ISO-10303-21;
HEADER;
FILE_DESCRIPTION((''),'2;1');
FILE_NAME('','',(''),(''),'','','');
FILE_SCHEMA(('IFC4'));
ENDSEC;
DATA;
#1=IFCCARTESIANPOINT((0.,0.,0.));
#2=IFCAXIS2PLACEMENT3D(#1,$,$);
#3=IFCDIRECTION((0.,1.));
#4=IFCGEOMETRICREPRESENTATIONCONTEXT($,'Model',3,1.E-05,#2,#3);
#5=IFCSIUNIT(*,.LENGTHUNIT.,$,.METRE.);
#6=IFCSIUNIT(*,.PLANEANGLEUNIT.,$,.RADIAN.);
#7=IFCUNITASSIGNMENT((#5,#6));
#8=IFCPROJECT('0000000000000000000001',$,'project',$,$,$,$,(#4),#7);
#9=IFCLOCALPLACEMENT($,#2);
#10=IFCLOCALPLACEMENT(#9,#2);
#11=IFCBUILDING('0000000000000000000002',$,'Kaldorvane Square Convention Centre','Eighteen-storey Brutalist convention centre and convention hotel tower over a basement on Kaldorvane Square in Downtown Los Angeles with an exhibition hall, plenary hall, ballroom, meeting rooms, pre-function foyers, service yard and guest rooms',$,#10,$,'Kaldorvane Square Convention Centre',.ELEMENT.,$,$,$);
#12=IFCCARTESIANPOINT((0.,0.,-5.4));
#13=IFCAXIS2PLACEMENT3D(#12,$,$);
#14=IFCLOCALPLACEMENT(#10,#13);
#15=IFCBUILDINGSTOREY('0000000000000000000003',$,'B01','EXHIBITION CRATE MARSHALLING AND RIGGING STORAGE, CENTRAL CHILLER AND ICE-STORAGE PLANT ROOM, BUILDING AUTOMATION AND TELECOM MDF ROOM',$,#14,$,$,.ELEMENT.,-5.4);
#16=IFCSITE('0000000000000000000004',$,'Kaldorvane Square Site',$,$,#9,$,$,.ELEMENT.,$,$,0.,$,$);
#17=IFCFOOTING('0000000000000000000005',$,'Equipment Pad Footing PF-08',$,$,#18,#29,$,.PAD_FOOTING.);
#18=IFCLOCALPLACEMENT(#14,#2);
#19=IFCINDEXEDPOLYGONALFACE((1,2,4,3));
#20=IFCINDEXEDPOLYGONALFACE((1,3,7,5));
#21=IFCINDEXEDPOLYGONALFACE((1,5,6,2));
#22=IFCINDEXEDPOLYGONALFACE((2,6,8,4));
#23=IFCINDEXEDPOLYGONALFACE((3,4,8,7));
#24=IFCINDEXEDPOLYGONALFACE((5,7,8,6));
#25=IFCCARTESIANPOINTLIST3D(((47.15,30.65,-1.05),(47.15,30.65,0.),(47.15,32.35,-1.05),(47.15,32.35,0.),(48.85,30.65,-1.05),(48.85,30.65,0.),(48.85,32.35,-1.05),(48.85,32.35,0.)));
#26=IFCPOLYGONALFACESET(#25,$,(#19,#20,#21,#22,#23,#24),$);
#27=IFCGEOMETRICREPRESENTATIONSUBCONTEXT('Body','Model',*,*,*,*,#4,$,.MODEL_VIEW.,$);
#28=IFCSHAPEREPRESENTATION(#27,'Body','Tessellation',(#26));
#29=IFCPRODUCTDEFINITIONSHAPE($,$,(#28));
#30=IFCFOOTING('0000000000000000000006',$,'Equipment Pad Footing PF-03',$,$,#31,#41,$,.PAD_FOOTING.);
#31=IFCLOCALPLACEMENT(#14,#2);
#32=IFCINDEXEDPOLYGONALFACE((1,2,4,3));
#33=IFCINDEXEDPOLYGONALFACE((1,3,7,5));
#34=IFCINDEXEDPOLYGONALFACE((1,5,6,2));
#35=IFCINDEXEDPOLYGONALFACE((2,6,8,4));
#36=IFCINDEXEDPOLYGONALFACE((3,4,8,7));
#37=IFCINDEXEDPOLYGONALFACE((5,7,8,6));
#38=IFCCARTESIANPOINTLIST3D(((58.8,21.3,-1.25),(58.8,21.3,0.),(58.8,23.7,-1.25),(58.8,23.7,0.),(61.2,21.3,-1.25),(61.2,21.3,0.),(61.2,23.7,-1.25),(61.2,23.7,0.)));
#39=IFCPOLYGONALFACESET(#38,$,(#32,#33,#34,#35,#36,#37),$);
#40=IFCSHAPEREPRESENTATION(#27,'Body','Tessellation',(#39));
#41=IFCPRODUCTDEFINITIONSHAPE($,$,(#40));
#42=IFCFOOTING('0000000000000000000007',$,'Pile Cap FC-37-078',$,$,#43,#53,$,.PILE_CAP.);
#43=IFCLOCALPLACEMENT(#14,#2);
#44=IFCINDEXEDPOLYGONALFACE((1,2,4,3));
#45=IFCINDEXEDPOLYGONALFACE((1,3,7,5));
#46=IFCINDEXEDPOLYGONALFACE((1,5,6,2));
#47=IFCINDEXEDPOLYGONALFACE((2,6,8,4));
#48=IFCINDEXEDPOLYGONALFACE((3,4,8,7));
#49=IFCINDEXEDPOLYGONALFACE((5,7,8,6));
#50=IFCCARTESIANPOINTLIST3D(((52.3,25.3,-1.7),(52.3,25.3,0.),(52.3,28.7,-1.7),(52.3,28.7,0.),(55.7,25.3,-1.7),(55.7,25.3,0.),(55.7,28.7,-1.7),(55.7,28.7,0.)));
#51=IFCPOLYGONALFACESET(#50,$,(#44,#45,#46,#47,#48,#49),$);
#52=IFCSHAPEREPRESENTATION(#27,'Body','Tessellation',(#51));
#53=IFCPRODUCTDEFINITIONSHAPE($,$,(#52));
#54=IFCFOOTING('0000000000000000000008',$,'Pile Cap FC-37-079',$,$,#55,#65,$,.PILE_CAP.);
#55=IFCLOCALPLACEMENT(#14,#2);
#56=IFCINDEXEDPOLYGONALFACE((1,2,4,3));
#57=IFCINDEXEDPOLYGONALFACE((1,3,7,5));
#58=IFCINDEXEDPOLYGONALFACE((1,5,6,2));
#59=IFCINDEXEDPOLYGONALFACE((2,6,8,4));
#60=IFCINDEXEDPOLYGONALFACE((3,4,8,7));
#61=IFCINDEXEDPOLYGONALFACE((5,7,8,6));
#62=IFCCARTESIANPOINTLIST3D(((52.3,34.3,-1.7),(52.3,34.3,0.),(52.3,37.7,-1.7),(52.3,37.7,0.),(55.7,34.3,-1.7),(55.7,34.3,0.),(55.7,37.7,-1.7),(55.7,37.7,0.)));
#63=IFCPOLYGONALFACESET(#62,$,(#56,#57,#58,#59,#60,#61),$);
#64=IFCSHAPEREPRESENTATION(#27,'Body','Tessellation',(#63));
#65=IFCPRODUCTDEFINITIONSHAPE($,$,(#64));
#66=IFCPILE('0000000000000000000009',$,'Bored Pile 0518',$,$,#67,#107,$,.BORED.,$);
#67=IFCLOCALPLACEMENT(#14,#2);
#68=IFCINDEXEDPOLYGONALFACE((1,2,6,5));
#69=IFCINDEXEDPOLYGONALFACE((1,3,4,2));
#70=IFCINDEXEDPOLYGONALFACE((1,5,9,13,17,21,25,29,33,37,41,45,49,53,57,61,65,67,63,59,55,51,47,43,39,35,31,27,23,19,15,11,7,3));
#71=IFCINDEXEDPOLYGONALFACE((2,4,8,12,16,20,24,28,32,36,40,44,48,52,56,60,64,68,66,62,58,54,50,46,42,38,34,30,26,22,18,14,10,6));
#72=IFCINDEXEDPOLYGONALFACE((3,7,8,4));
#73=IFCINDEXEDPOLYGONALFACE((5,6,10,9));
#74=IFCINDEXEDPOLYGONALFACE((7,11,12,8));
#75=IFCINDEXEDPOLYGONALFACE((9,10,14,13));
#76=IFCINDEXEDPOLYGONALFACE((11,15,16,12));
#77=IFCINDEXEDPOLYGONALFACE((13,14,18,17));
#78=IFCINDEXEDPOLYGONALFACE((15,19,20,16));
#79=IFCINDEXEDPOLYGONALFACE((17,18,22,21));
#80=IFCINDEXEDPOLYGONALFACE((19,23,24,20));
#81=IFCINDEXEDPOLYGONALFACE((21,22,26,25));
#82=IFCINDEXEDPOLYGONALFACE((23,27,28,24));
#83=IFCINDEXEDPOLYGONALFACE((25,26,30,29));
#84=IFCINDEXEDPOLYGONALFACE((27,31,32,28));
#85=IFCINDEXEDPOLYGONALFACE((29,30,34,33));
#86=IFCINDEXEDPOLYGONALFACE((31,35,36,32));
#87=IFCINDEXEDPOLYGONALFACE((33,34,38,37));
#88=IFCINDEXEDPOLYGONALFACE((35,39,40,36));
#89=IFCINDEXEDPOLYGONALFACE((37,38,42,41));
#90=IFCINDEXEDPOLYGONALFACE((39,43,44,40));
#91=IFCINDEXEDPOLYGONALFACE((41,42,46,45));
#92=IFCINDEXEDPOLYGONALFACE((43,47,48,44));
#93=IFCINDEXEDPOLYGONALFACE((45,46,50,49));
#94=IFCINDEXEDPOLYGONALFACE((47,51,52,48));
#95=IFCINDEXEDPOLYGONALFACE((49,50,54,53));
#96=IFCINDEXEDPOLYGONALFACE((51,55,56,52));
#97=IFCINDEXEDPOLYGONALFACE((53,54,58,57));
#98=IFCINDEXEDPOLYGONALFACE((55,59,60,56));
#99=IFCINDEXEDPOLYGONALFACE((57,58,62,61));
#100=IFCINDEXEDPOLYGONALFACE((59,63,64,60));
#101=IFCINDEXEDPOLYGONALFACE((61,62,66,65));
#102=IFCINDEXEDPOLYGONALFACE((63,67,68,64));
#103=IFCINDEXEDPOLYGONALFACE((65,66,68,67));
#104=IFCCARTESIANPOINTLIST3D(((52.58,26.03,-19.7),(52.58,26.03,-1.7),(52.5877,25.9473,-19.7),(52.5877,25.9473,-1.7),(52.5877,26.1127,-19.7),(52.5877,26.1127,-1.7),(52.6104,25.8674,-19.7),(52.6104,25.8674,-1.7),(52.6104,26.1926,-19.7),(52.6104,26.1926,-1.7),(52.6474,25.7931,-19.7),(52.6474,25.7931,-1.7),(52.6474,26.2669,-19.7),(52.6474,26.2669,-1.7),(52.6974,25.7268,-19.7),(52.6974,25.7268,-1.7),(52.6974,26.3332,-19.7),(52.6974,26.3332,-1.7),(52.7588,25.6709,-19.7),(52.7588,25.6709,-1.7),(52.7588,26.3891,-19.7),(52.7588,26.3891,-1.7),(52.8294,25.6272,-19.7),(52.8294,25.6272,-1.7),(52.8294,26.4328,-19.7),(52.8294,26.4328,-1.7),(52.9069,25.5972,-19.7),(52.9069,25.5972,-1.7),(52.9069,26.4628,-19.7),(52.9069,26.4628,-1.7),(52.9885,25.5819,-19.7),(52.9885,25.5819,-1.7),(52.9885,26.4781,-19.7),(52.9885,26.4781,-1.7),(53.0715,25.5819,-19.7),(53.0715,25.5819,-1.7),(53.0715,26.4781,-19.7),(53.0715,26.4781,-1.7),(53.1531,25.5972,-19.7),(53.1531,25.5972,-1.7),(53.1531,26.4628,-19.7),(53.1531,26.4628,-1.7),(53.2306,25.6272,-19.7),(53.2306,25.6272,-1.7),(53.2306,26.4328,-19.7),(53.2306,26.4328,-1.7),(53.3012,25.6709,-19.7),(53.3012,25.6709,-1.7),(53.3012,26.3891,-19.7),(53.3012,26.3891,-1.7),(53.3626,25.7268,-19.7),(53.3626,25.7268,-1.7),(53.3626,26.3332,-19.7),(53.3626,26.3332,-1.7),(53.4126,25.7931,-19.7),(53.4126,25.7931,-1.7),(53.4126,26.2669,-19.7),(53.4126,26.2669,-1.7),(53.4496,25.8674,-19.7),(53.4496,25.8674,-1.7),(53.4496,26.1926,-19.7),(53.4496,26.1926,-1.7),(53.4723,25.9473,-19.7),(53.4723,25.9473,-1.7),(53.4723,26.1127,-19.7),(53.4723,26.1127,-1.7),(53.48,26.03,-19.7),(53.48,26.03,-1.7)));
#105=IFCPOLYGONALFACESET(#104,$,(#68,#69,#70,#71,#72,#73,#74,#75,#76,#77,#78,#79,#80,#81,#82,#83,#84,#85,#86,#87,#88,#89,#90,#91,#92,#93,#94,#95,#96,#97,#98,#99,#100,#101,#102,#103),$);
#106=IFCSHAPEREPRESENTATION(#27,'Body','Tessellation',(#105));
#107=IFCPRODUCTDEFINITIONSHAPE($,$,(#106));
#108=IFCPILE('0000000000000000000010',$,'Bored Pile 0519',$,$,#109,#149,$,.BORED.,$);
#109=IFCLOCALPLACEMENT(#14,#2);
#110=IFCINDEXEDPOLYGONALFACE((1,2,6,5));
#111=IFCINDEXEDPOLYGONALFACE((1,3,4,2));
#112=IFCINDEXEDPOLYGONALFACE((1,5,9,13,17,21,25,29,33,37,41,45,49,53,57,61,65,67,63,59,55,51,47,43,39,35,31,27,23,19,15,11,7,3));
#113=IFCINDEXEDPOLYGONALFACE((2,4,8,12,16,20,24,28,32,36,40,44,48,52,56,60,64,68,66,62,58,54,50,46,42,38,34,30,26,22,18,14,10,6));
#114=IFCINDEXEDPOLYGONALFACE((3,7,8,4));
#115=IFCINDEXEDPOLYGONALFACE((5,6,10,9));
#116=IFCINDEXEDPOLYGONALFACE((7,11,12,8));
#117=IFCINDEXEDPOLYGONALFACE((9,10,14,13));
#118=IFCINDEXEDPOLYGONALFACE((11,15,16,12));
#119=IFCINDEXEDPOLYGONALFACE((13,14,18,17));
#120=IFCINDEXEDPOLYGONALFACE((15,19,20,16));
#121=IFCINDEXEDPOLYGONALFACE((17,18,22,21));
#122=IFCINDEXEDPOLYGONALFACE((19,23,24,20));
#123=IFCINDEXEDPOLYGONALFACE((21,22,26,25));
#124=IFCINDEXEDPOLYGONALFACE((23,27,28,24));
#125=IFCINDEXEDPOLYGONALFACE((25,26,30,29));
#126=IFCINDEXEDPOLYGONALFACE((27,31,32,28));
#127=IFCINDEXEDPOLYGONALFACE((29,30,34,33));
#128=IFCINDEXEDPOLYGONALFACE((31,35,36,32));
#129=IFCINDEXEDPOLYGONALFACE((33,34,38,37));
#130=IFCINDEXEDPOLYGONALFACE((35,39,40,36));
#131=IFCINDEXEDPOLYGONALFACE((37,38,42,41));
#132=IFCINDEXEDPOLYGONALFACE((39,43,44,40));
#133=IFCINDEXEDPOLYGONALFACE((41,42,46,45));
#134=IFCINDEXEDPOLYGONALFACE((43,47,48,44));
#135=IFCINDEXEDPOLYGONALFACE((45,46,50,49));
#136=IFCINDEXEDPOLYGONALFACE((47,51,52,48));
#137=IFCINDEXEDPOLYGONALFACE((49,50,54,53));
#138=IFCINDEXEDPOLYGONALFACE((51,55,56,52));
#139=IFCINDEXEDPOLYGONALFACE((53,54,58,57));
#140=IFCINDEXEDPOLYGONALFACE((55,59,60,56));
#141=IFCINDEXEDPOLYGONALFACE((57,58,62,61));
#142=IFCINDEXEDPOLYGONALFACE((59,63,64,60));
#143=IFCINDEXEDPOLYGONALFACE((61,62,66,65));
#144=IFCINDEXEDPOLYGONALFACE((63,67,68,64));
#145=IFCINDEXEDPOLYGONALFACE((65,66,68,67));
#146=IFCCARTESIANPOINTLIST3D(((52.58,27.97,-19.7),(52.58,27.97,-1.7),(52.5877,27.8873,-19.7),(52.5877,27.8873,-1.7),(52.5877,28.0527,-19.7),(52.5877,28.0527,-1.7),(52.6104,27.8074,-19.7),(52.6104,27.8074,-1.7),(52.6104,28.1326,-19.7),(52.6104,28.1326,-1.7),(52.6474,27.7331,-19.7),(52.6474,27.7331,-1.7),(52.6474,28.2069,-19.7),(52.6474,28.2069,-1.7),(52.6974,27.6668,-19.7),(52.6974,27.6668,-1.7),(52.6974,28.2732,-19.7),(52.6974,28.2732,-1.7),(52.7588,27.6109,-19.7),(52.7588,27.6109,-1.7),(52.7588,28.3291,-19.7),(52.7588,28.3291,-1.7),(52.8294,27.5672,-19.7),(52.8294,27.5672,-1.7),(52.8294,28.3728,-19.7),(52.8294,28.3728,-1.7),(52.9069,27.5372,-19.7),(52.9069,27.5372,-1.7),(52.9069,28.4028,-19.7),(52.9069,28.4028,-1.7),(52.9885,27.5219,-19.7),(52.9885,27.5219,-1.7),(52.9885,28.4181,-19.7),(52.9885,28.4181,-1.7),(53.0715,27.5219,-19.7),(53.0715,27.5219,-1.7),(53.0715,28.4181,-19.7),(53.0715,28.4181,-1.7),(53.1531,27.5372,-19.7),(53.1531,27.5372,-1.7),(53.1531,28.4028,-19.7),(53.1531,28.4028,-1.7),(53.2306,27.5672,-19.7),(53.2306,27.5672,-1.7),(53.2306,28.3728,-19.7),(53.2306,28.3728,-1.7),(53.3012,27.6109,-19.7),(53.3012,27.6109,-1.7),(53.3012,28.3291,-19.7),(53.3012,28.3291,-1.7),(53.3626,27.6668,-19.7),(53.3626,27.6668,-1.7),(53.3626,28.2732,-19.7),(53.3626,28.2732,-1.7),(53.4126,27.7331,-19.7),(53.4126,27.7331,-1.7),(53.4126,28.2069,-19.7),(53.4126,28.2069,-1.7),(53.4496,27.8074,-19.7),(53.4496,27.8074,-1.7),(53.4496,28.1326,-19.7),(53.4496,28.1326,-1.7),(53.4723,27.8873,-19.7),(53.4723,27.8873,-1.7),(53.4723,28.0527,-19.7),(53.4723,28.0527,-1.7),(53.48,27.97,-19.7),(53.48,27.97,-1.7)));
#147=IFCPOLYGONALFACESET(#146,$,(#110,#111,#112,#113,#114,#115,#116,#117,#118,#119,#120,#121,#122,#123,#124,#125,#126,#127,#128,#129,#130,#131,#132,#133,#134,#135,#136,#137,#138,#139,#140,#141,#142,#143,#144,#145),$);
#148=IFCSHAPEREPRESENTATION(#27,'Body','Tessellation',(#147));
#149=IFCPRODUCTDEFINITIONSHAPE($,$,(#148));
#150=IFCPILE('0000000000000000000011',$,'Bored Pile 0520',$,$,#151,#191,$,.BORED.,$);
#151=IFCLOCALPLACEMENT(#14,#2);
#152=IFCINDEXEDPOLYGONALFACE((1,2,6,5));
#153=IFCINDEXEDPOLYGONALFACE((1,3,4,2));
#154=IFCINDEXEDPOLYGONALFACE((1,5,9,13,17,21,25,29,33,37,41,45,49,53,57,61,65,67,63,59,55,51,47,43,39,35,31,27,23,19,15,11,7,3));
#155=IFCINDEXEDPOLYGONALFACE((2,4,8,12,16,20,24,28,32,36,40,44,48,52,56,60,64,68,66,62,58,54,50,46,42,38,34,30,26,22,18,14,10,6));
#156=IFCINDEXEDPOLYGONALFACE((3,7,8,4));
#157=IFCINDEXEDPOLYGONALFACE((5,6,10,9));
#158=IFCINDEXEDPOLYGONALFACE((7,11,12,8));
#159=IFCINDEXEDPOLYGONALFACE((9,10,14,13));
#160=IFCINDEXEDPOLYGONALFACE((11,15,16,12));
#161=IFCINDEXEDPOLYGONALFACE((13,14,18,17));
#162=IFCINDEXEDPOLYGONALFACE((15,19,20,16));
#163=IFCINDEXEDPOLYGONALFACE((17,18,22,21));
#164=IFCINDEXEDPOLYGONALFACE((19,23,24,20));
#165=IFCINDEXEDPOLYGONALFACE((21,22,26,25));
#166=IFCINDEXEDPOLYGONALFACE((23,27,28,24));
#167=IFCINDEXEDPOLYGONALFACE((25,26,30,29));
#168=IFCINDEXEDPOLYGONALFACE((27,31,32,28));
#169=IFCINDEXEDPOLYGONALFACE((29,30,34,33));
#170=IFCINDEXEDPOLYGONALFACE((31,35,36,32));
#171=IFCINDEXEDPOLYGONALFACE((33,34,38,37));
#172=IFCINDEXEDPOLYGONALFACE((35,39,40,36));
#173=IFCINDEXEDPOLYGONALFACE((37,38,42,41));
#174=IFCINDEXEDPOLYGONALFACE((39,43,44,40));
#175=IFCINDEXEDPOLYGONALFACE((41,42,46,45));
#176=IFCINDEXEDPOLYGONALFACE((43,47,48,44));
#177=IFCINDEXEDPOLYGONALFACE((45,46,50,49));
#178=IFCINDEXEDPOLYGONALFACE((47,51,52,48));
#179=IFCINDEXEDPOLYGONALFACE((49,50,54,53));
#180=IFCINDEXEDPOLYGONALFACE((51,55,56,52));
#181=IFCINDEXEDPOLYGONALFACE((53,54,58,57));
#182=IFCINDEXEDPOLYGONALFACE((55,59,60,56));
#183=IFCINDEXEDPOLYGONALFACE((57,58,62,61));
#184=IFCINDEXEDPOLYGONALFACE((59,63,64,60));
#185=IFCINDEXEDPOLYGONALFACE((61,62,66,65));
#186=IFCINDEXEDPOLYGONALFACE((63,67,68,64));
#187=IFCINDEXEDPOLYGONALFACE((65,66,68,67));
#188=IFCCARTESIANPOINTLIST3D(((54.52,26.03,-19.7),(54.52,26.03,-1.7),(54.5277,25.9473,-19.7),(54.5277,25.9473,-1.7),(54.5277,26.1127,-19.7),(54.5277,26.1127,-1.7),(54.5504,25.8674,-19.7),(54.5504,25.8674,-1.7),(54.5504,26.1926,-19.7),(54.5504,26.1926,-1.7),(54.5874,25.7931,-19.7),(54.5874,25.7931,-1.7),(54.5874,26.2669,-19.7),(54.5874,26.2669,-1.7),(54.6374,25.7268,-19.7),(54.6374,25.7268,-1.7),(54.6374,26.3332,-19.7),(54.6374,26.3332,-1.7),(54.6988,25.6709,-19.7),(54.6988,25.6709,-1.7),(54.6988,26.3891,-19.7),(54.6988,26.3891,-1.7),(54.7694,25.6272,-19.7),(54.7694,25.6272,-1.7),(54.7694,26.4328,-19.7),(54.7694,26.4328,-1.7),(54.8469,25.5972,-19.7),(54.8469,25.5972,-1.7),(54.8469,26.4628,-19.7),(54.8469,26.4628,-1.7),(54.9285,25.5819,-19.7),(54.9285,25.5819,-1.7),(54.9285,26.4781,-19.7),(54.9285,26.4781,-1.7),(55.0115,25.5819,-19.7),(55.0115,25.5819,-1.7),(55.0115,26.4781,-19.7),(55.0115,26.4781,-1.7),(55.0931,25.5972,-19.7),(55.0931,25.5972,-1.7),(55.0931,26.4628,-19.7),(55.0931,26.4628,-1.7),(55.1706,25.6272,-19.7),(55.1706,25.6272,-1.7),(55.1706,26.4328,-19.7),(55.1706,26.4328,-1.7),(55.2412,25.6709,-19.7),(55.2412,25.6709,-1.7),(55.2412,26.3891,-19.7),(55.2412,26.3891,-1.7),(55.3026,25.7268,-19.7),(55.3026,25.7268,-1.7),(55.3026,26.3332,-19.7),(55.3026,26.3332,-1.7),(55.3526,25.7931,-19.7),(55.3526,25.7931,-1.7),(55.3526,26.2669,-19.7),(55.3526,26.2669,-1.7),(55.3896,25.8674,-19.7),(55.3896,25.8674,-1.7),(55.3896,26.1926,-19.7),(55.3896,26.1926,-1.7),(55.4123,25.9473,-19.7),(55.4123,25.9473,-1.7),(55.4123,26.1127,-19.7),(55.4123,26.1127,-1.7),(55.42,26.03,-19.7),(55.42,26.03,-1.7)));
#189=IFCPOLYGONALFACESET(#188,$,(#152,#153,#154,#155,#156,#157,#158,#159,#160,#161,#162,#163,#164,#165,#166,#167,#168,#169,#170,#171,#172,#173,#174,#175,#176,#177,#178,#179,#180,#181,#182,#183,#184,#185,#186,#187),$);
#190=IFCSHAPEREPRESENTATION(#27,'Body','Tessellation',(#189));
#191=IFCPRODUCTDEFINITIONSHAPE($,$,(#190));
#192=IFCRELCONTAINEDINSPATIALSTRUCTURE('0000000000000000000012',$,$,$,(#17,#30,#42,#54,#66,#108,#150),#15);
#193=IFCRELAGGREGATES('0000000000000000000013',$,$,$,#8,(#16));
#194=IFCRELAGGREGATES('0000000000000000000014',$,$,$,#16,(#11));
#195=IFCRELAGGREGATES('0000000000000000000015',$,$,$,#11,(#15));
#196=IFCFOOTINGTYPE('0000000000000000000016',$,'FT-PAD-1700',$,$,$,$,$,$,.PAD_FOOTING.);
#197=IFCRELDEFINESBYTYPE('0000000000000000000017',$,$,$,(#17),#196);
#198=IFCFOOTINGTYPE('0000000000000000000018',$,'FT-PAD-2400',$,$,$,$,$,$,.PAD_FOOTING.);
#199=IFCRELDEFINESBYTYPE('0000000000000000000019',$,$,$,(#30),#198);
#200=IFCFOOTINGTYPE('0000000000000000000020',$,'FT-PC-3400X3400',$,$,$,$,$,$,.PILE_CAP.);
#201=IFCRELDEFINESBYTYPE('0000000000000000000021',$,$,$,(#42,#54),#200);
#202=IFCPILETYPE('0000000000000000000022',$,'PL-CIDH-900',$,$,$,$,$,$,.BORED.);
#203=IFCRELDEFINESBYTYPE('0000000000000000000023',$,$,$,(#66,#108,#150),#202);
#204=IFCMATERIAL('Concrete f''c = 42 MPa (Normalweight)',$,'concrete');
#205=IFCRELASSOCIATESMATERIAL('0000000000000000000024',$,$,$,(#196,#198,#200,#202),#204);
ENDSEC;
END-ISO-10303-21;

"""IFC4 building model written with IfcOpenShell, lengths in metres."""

from ifc_helpers import new_model, si_unit, direction, frame, origin, origin_2d, place, context, subcontext, project, spatial, rectangle, circle, extrude, material, material_profile, profile_set, type_object, element, save


model = new_model("IFC4")

# Units and contexts
model_context = context("Model", 3, precision=1e-05, world=origin(), true_north=direction((0.0, 1.0)))
body_context = subcontext(model_context, "Body", "Model", "MODEL_VIEW")
ifc_project = project(units=[si_unit("LENGTHUNIT", "METRE"), si_unit("PLANEANGLEUNIT", "RADIAN")], contexts=[model_context])

# Site, building, storey
site_placement = place(None, origin())
site = spatial("IfcSite", under=ifc_project, at=site_placement, Name="Kaldorvane Square Site", CompositionType="ELEMENT", RefElevation=0.0)
building_placement = place(site_placement, origin())
building = spatial("IfcBuilding", under=site, at=building_placement, Name="Kaldorvane Square Convention Centre", Description="Eighteen-storey Brutalist convention centre and convention hotel tower over a basement on Kaldorvane Square in Downtown Los Angeles with an exhibition hall, plenary hall, ballroom, meeting rooms, pre-function foyers, service yard and guest rooms", LongName="Kaldorvane Square Convention Centre", CompositionType="ELEMENT")
storey_placement = place(building_placement, frame((0.0, 0.0, -5.4)))
storey = spatial("IfcBuildingStorey", under=building, at=storey_placement, Name="B01", Description="EXHIBITION CRATE MARSHALLING AND RIGGING STORAGE, CENTRAL CHILLER AND ICE-STORAGE PLANT ROOM, BUILDING AUTOMATION AND TELECOM MDF ROOM", CompositionType="ELEMENT", Elevation=-5.4)

# Footings
ifc_material_1 = material(Name="Concrete f'c = 42 MPa (Normalweight)", Category="concrete")
footing_type_1 = type_object("IfcFootingType", Name="FT-PAD-1700", PredefinedType="PAD_FOOTING", material=ifc_material_1)
footing_1_placement = place(storey_placement, frame((48.0, 31.5, -1.05), z_axis=(0.0, 0.0, 1.0), x_axis=(1.0, 0.0, 0.0)))
element("IfcFooting", 1, at=footing_1_placement, inside=storey, type_object=footing_type_1, Name="Equipment Pad Footing PF-08", PredefinedType="PAD_FOOTING", context=body_context, shape_type="SweptSolid", body=[
    extrude(rectangle(XDim=1.7, YDim=1.7, at=origin_2d()), origin(), (0.0, 0.0, 1.0), 1.05),
])
footing_type_2 = type_object("IfcFootingType", Name="FT-PAD-2400", PredefinedType="PAD_FOOTING", material=ifc_material_1)
footing_2_placement = place(storey_placement, frame((60.0, 22.5, -1.25), z_axis=(0.0, 0.0, 1.0), x_axis=(1.0, 0.0, 0.0)))
element("IfcFooting", 2, at=footing_2_placement, inside=storey, type_object=footing_type_2, Name="Equipment Pad Footing PF-03", PredefinedType="PAD_FOOTING", context=body_context, shape_type="SweptSolid", body=[
    extrude(rectangle(XDim=2.4, YDim=2.4, at=origin_2d()), origin(), (0.0, 0.0, 1.0), 1.25),
])
footing_type_3 = type_object("IfcFootingType", Name="FT-PC-3400X3400", PredefinedType="PILE_CAP", material=ifc_material_1)
for number, where, z_axis, x_axis, name in (
    (3, (54.0, 27.0, -1.7), (0.0, 0.0, 1.0), (1.0, 0.0, 0.0), "Pile Cap FC-37-078"),
    (4, (54.0, 36.0, -1.7), (0.0, 0.0, 1.0), (1.0, 0.0, 0.0), "Pile Cap FC-37-079"),
):
    element("IfcFooting", number, at=place(storey_placement, frame(where, z_axis=z_axis, x_axis=x_axis)), inside=storey, type_object=footing_type_3, Name=name, PredefinedType="PILE_CAP", context=body_context, shape_type="SweptSolid", body=[
        extrude(rectangle(XDim=3.4, YDim=3.4, at=origin_2d()), origin(), (0.0, 0.0, 1.0), 1.7),
    ])

# Piles
ifc_material_profile_1 = material_profile(ifc_material_1, circle(Radius=0.45, at=origin_2d()), Name="PILE-D900")
ifc_profile_set_1 = profile_set([ifc_material_profile_1], Name="Concrete f'c = 42 MPa (Normalweight)")
pile_type = type_object("IfcPileType", Name="PL-CIDH-900", PredefinedType="BORED", material=ifc_profile_set_1)
for number, where, z_axis, x_axis, name in (
    (5, (53.03, 26.03, -1.7), (0.0, 0.0, -1.0), (1.0, 0.0, 0.0), "Bored Pile 0518"),
    (6, (53.03, 27.97, -1.7), (0.0, 0.0, -1.0), (1.0, 0.0, 0.0), "Bored Pile 0519"),
    (7, (54.97, 26.03, -1.7), (0.0, 0.0, -1.0), (1.0, 0.0, 0.0), "Bored Pile 0520"),
):
    element("IfcPile", number, at=place(storey_placement, frame(where, z_axis=z_axis, x_axis=x_axis)), inside=storey, type_object=pile_type, Name=name, PredefinedType="BORED", context=body_context, shape_type="SweptSolid", body=[
        extrude(circle(Radius=0.45, at=origin_2d()), origin(), (0.0, 0.0, 1.0), 18.0),
    ])

save(model, "model.ifc")
